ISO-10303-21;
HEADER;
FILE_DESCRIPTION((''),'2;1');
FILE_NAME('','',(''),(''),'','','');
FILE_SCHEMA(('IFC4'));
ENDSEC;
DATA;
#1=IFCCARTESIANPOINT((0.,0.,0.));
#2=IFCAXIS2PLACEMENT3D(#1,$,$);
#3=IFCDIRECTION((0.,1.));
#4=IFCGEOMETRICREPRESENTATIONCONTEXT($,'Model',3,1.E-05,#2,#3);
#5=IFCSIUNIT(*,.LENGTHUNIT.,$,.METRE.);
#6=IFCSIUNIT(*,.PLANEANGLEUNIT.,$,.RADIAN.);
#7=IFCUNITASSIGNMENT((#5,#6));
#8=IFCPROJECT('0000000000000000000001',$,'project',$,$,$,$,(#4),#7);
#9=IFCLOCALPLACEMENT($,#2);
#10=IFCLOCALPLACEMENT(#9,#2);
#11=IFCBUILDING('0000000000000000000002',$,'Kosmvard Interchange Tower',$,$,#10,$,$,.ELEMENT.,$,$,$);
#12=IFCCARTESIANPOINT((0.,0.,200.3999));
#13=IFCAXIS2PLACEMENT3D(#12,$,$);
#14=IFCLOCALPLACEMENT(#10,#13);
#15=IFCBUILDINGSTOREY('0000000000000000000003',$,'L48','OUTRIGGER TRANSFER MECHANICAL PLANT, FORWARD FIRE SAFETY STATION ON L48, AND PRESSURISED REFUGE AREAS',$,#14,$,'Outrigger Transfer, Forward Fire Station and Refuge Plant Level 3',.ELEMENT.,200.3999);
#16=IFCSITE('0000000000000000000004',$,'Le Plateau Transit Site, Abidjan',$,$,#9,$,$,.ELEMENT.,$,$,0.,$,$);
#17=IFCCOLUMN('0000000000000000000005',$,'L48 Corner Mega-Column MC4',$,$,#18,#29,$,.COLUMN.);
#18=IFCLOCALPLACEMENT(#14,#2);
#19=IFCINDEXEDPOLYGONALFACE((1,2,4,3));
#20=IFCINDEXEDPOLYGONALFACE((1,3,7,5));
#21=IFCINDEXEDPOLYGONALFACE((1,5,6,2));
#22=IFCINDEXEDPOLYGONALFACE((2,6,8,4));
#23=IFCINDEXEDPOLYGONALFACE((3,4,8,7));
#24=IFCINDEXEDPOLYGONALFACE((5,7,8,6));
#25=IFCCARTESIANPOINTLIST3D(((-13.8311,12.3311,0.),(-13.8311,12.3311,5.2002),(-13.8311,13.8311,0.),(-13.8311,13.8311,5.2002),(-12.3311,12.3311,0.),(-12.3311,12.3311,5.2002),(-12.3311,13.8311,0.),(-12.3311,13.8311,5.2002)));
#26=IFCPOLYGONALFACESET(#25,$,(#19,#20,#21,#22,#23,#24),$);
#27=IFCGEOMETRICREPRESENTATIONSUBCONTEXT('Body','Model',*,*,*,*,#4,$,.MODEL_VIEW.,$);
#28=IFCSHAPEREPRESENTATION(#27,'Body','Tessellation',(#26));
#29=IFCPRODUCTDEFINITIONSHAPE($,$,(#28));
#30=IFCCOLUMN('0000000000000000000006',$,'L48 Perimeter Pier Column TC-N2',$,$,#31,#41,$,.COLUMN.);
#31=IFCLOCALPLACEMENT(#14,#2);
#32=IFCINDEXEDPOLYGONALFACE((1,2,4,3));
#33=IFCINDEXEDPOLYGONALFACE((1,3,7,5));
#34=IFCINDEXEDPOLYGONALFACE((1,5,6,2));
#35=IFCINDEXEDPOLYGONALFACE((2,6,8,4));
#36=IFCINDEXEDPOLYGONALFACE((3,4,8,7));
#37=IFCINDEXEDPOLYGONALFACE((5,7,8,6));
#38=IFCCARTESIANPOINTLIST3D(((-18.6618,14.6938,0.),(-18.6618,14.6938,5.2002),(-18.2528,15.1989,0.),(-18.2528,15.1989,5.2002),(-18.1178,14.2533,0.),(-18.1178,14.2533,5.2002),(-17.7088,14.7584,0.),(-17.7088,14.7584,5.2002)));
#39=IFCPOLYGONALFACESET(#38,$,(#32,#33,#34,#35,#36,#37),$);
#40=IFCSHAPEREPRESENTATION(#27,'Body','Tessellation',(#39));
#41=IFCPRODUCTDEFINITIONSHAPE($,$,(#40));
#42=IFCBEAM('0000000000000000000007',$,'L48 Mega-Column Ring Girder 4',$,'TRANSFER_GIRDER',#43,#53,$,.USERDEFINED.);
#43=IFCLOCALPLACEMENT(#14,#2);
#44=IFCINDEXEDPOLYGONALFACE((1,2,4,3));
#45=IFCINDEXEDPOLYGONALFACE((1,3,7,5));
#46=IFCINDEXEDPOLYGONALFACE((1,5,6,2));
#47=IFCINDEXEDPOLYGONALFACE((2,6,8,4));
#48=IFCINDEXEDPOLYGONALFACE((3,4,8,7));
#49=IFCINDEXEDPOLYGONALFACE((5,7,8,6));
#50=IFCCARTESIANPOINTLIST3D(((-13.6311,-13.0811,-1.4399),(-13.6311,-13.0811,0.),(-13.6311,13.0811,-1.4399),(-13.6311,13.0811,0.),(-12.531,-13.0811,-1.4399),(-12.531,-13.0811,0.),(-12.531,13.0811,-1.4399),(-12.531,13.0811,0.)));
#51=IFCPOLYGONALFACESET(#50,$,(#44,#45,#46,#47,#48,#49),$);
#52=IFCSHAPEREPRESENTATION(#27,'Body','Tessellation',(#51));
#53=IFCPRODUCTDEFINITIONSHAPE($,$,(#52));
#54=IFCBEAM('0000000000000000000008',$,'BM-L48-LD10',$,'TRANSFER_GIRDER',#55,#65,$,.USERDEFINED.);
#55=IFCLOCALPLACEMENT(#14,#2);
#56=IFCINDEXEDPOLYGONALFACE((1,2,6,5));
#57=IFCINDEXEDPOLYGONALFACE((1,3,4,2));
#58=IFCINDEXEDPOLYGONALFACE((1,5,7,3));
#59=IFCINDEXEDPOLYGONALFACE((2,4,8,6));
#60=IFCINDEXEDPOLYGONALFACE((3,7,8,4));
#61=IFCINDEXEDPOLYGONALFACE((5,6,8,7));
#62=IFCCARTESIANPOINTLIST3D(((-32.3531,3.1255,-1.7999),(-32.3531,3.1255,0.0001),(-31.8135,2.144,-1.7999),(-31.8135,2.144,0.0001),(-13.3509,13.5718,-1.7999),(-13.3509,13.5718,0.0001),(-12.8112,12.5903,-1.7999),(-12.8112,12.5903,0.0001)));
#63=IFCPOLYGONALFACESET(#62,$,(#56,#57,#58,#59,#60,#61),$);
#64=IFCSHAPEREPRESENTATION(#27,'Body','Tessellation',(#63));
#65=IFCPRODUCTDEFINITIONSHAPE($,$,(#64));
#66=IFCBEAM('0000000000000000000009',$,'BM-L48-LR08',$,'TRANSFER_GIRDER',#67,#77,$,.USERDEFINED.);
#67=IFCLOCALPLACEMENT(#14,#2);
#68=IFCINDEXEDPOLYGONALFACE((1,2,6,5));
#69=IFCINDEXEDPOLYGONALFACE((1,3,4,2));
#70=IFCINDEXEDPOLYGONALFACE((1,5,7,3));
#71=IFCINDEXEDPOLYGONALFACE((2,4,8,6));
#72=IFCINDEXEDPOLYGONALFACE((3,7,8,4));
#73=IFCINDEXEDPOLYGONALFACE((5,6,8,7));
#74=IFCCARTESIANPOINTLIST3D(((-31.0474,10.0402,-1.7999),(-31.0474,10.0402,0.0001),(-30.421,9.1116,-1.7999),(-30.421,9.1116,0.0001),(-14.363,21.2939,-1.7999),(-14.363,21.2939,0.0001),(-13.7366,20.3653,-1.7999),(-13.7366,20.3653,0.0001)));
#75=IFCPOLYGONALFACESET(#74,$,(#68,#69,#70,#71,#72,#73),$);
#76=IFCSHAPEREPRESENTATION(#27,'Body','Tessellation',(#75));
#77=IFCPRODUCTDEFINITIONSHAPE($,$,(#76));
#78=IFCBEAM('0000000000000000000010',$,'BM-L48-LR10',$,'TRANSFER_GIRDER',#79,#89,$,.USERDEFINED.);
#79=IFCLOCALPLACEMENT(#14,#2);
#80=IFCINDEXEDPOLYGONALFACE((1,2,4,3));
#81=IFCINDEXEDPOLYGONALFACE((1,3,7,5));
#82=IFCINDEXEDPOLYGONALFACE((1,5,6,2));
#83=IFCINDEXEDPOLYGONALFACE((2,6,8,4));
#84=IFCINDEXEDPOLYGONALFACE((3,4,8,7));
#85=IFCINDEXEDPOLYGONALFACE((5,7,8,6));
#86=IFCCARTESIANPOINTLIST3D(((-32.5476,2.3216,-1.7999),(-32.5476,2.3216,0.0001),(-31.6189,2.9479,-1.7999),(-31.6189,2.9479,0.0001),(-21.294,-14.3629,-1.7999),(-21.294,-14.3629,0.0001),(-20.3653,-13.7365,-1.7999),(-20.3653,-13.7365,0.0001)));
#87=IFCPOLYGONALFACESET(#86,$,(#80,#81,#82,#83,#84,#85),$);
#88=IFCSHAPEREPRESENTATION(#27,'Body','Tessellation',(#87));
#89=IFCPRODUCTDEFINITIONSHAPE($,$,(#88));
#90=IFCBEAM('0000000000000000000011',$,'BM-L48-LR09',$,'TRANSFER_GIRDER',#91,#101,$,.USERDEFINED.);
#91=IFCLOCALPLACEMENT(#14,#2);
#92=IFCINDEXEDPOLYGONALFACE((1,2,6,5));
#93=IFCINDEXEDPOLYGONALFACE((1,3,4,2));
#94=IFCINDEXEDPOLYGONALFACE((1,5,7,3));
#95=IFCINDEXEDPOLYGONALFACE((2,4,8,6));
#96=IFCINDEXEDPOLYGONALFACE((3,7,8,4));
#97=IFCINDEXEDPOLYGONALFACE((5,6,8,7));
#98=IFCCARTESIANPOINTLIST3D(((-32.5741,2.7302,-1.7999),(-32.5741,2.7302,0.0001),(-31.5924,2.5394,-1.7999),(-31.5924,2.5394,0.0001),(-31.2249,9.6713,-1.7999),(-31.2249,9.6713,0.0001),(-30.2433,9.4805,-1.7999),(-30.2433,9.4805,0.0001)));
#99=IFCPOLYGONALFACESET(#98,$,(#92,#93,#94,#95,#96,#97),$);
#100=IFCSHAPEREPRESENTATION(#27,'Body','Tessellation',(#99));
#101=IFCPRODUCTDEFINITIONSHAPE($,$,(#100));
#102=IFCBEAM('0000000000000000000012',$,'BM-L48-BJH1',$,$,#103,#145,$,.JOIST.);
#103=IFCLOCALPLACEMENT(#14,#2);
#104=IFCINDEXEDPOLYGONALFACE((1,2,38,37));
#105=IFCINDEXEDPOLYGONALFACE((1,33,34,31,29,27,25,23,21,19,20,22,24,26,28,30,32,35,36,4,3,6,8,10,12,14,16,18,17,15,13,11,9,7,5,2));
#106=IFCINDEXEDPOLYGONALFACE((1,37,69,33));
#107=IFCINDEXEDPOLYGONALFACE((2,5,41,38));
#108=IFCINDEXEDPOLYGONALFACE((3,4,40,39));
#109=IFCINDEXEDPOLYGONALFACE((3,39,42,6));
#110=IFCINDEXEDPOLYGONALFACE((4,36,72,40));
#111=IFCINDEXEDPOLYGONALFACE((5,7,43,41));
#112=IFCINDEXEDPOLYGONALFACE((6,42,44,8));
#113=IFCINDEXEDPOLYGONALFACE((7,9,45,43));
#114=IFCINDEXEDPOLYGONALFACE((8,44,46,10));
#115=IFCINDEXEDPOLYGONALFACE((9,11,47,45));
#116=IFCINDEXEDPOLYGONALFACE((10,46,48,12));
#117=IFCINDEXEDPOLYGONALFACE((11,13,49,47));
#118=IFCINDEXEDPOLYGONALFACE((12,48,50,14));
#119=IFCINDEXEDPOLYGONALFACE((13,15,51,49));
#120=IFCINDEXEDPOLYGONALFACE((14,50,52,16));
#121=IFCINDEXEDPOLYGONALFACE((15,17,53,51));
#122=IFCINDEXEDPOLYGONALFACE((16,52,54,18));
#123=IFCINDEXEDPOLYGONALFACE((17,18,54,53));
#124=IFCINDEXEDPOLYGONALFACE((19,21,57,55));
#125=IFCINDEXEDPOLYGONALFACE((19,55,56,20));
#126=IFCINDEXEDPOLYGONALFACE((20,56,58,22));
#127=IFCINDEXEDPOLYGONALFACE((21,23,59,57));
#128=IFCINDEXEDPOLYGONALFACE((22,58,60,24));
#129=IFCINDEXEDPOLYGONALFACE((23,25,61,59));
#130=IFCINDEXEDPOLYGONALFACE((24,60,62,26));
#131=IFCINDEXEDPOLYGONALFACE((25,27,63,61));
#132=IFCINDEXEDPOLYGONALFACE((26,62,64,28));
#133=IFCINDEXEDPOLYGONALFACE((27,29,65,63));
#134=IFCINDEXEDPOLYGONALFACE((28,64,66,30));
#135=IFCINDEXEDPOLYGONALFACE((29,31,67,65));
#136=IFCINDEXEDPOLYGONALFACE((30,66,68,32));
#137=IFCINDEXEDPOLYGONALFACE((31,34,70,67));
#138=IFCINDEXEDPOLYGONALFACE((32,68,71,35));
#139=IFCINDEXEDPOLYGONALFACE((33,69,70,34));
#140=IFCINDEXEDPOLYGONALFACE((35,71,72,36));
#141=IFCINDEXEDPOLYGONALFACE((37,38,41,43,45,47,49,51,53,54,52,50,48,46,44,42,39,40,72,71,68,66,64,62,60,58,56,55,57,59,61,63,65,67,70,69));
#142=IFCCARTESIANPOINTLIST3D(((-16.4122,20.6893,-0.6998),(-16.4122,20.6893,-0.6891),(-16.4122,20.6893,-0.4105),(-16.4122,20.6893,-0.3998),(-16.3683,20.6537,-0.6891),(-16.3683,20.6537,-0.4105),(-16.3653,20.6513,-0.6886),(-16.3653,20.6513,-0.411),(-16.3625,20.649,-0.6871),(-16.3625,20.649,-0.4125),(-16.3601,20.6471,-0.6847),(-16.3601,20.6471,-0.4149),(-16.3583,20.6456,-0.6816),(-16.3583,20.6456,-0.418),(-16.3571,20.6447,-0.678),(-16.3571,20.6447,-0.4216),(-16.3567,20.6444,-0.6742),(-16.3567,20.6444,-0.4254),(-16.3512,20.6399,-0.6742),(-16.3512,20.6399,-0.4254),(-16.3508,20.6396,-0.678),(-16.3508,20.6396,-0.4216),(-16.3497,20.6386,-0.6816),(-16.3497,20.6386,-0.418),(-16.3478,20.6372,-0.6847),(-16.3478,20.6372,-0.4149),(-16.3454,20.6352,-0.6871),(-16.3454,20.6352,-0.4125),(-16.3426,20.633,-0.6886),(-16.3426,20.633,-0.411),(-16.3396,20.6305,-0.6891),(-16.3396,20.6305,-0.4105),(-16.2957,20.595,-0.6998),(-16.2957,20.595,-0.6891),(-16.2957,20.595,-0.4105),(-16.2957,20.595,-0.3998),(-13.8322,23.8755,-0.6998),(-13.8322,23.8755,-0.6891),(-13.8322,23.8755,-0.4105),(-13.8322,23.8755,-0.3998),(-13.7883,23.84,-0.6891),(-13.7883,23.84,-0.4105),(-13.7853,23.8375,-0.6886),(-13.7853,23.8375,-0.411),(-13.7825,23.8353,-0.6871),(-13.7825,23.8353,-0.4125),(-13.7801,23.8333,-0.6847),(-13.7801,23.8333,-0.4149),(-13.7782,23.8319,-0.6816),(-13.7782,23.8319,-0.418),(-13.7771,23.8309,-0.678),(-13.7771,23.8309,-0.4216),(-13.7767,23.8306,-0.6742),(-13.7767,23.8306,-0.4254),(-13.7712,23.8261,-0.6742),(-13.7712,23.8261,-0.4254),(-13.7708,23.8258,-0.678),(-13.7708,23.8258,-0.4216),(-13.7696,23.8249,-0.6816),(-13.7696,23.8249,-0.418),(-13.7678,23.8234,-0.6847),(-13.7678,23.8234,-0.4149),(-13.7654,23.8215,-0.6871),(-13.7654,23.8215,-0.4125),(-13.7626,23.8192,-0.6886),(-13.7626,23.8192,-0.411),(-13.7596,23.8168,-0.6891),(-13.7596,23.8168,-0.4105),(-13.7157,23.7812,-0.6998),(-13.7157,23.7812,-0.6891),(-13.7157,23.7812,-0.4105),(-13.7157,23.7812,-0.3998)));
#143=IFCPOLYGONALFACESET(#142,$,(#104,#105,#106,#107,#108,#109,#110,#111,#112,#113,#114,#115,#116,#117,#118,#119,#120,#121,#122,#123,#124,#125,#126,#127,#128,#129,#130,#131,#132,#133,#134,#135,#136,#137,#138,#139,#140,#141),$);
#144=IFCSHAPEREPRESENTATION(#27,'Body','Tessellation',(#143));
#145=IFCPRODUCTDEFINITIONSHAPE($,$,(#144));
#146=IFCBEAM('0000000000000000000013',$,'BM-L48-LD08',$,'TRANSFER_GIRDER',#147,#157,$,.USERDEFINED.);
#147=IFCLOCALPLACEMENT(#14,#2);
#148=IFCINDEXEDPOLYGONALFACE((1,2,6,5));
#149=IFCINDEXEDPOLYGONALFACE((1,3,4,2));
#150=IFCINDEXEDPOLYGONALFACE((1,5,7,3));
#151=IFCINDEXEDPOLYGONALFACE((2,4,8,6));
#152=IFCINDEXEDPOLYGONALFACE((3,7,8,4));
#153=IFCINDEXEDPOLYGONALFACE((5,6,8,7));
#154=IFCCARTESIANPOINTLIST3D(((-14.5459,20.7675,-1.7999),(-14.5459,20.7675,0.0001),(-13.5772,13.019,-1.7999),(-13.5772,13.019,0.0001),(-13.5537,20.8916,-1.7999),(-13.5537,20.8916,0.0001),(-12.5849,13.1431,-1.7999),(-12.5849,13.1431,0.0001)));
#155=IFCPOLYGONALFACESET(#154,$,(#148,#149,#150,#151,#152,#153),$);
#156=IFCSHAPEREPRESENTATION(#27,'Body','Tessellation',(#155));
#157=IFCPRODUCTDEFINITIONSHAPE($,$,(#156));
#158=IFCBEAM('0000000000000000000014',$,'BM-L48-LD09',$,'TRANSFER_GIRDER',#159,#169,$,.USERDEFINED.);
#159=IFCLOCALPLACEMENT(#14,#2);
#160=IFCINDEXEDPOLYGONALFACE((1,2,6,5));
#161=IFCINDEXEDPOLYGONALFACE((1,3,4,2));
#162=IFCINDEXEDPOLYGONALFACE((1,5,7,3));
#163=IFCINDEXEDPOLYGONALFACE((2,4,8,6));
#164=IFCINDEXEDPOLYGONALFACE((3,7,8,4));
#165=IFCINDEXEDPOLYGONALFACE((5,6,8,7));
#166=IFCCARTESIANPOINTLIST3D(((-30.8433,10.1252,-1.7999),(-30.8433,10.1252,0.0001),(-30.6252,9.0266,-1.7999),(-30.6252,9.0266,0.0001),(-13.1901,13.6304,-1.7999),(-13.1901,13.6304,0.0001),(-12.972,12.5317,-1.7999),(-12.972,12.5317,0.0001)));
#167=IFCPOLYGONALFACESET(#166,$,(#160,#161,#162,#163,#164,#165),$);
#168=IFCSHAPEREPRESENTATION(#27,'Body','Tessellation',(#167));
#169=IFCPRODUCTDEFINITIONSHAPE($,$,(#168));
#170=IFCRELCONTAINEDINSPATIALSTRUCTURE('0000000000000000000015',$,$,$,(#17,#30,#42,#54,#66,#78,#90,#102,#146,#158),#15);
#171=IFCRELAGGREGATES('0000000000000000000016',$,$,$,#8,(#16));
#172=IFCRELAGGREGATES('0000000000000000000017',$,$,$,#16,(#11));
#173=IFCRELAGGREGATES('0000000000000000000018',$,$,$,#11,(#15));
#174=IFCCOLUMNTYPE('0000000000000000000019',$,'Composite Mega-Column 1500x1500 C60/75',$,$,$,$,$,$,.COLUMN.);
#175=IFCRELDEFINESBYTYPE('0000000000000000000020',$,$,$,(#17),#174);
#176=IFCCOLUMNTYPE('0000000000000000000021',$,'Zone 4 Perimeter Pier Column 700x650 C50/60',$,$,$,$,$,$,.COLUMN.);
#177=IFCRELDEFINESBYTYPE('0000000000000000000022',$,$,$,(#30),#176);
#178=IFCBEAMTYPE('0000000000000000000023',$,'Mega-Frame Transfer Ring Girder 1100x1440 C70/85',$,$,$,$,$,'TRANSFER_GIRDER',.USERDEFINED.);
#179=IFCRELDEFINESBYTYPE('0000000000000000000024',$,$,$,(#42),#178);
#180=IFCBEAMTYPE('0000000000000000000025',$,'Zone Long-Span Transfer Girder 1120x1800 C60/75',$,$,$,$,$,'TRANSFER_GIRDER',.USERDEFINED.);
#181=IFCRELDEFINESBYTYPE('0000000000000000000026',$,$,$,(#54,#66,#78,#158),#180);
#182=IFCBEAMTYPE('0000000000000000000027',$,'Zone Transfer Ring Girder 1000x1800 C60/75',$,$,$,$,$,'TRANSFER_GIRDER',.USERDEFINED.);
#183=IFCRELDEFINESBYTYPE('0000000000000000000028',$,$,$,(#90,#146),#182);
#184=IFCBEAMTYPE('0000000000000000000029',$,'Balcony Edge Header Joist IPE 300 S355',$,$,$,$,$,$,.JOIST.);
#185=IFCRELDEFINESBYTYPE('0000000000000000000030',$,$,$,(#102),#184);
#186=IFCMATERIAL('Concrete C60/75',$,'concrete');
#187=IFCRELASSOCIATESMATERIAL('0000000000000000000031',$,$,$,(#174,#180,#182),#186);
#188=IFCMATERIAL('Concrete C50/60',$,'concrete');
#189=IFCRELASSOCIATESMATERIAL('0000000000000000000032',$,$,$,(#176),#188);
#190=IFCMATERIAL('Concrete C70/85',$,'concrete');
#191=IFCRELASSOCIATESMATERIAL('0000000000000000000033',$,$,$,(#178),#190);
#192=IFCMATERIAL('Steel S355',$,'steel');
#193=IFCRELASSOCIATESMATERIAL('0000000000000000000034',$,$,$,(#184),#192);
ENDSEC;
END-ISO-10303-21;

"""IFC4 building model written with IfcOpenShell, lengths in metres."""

from ifc_helpers import new_model, si_unit, direction, frame, origin, origin_2d, place, context, subcontext, project, spatial, rectangle, i_section, extrude, source, transform, mapped, material, material_profile, profile_set, type_object, element, save


model = new_model("IFC4")

# Units and contexts
model_context = context("Model", 3, precision=1e-05, world=origin(), true_north=direction((0.0, 1.0)))
body_context = subcontext(model_context, "Body", "Model", "MODEL_VIEW")
ifc_project = project(units=[si_unit("LENGTHUNIT", "METRE"), si_unit("PLANEANGLEUNIT", "RADIAN")], contexts=[model_context])

# Site, building, storey
site_placement = place(None, origin())
site = spatial("IfcSite", under=ifc_project, at=site_placement, Name="Le Plateau Transit Site, Abidjan", CompositionType="ELEMENT", RefElevation=0.0)
building_placement = place(site_placement, origin())
building = spatial("IfcBuilding", under=site, at=building_placement, Name="Kosmvard Interchange Tower", CompositionType="ELEMENT")
storey_placement = place(building_placement, frame((0.0, 0.0, 200.3999)))
storey = spatial("IfcBuildingStorey", under=building, at=storey_placement, Name="L48", Description="OUTRIGGER TRANSFER MECHANICAL PLANT, FORWARD FIRE SAFETY STATION ON L48, AND PRESSURISED REFUGE AREAS", LongName="Outrigger Transfer, Forward Fire Station and Refuge Plant Level 3", CompositionType="ELEMENT", Elevation=200.3999)

# Columns
ifc_material_1 = material(Name="Concrete C60/75", Category="concrete")
ifc_material_profile_1 = material_profile(ifc_material_1, rectangle(XDim=1.5, YDim=1.5, at=origin_2d()), Name="MC 1500x1500")
ifc_profile_set_1 = profile_set([ifc_material_profile_1], Name="Concrete C60/75")
column_type_1 = type_object("IfcColumnType", Name="Composite Mega-Column 1500x1500 C60/75", PredefinedType="COLUMN", material=ifc_profile_set_1)
shared_shape_1 = source(origin(), body_context, "Body", "SweptSolid", [
    extrude(rectangle(XDim=1.5, YDim=1.5, at=origin_2d()), origin(), (0.0, 0.0, 1.0), 5.2002),
])
column_1_placement = place(storey_placement, frame((-13.0811, 13.0811, 0.0), z_axis=(0.0, 0.0, 1.0), x_axis=(1.0, 0.0, 0.0)))
element("IfcColumn", 1, at=column_1_placement, inside=storey, type_object=column_type_1, Name="L48 Corner Mega-Column MC4", PredefinedType="COLUMN", context=body_context, shape_type="MappedRepresentation", body=[
    mapped(shared_shape_1, transform((0.0, 0.0, 0.0), scale=1.0)),
])
ifc_material_2 = material(Name="Concrete C50/60", Category="concrete")
ifc_material_profile_2 = material_profile(ifc_material_2, rectangle(XDim=0.6499, YDim=0.7, at=origin_2d()), Name="TC 700x650")
ifc_profile_set_2 = profile_set([ifc_material_profile_2], Name="Concrete C50/60")
column_type_2 = type_object("IfcColumnType", Name="Zone 4 Perimeter Pier Column 700x650 C50/60", PredefinedType="COLUMN", material=ifc_profile_set_2)
shared_shape_2 = source(origin(), body_context, "Body", "SweptSolid", [
    extrude(rectangle(XDim=0.6499, YDim=0.7, at=origin_2d()), origin(), (0.0, 0.0, 1.0), 5.2002),
])
column_2_placement = place(storey_placement, frame((-18.1853, 14.7261, 0.0), z_axis=(0.0, 0.0, 1.0), x_axis=(0.62932, 0.777146, 0.0)))
element("IfcColumn", 2, at=column_2_placement, inside=storey, type_object=column_type_2, Name="L48 Perimeter Pier Column TC-N2", PredefinedType="COLUMN", context=body_context, shape_type="MappedRepresentation", body=[
    mapped(shared_shape_2, transform((0.0, 0.0, 0.0), scale=1.0)),
])

# Beams
ifc_material_3 = material(Name="Concrete C70/85", Category="concrete")
ifc_material_profile_3 = material_profile(ifc_material_3, rectangle(XDim=1.1001, YDim=1.4399, at=origin_2d()), Name="TG 1100x1440")
ifc_profile_set_3 = profile_set([ifc_material_profile_3], Name="Concrete C70/85")
beam_type_1 = type_object("IfcBeamType", Name="Mega-Frame Transfer Ring Girder 1100x1440 C70/85", ElementType="TRANSFER_GIRDER", PredefinedType="USERDEFINED", material=ifc_profile_set_3)
shared_shape_3 = source(origin(), body_context, "Body", "SweptSolid", [
    extrude(rectangle(XDim=1.1001, YDim=1.4399, at=origin_2d()), origin(), (0.0, 0.0, 1.0), 26.1621),
])
beam_1_placement = place(storey_placement, frame((-13.0811, 13.0811, -0.72), z_axis=(0.0, -1.0, 0.0), x_axis=(1.0, 0.0, 0.0)))
element("IfcBeam", 3, at=beam_1_placement, inside=storey, type_object=beam_type_1, Name="L48 Mega-Column Ring Girder 4", ObjectType="TRANSFER_GIRDER", PredefinedType="USERDEFINED", context=body_context, shape_type="MappedRepresentation", body=[
    mapped(shared_shape_3, transform((0.0, 0.0, 0.0), scale=1.0)),
])
ifc_material_profile_4 = material_profile(ifc_material_1, rectangle(XDim=1.1201, YDim=1.8, at=origin_2d()), Name="TG 1120x1800")
ifc_profile_set_4 = profile_set([ifc_material_profile_4], Name="Concrete C60/75")
beam_type_2 = type_object("IfcBeamType", Name="Zone Long-Span Transfer Girder 1120x1800 C60/75", ElementType="TRANSFER_GIRDER", PredefinedType="USERDEFINED", material=ifc_profile_set_4)
shared_shape_4 = source(origin(), body_context, "Body", "SweptSolid", [
    extrude(rectangle(XDim=1.1201, YDim=1.8, at=origin_2d()), origin(), (0.0, 0.0, 1.0), 21.6843),
])
beam_2_placement = place(storey_placement, frame((-13.0811, 13.0811, -0.8999), z_axis=(-0.876312, -0.481745, 0.0), x_axis=(0.481745, -0.876312, 0.0)))
element("IfcBeam", 4, at=beam_2_placement, inside=storey, type_object=beam_type_2, Name="BM-L48-LD10", ObjectType="TRANSFER_GIRDER", PredefinedType="USERDEFINED", context=body_context, shape_type="MappedRepresentation", body=[
    mapped(shared_shape_4, transform((0.0, 0.0, 0.0), scale=1.0)),
])
shared_shape_5 = source(origin(), body_context, "Body", "SweptSolid", [
    extrude(rectangle(XDim=1.1201, YDim=1.8, at=origin_2d()), origin(), (0.0, 0.0, 1.0), 20.125),
])
for number, where, z_axis, x_axis, name in (
    (5, (-14.0498, 20.8296, -0.8999), (-0.829039, -0.559191, 0.0), (0.559191, -0.829039, 0.0), "BM-L48-LR08"),
    (6, (-32.0833, 2.6348, -0.8999), (0.559185, -0.829043, 0.0), (0.829043, 0.559185, 0.0), "BM-L48-LR10"),
):
    element("IfcBeam", number, at=place(storey_placement, frame(where, z_axis=z_axis, x_axis=x_axis)), inside=storey, type_object=beam_type_2, Name=name, ObjectType="TRANSFER_GIRDER", PredefinedType="USERDEFINED", context=body_context, shape_type="MappedRepresentation", body=[
        mapped(shared_shape_5, transform((0.0, 0.0, 0.0), scale=1.0)),
    ])
ifc_material_profile_5 = material_profile(ifc_material_1, rectangle(XDim=1.0, YDim=1.8, at=origin_2d()), Name="TG 1000x1800")
ifc_profile_set_5 = profile_set([ifc_material_profile_5], Name="Concrete C60/75")
beam_type_3 = type_object("IfcBeamType", Name="Zone Transfer Ring Girder 1000x1800 C60/75", ElementType="TRANSFER_GIRDER", PredefinedType="USERDEFINED", material=ifc_profile_set_5)
shared_shape_6 = source(origin(), body_context, "Body", "SweptSolid", [
    extrude(rectangle(XDim=1.0, YDim=1.8, at=origin_2d()), origin(), (0.0, 0.0, 1.0), 7.071),
])
beam_3_placement = place(storey_placement, frame((-30.7341, 9.5759, -0.8999), z_axis=(-0.190795, -0.98163, 0.0), x_axis=(0.98163, -0.190795, 0.0)))
element("IfcBeam", 7, at=beam_3_placement, inside=storey, type_object=beam_type_3, Name="BM-L48-LR09", ObjectType="TRANSFER_GIRDER", PredefinedType="USERDEFINED", context=body_context, shape_type="MappedRepresentation", body=[
    mapped(shared_shape_6, transform((0.0, 0.0, 0.0), scale=1.0)),
])
ifc_material_4 = material(Name="Steel S355", Category="steel")
ifc_material_profile_6 = material_profile(ifc_material_4, i_section(OverallWidth=0.1499, OverallDepth=0.3, WebThickness=0.0071, FlangeThickness=0.0107, FilletRadius=0.0149, at=origin_2d()), Name="IPE 300")
ifc_profile_set_6 = profile_set([ifc_material_profile_6], Name="Steel S355")
beam_type_4 = type_object("IfcBeamType", Name="Balcony Edge Header Joist IPE 300 S355", PredefinedType="JOIST", material=ifc_profile_set_6)
shared_shape_7 = source(origin(), body_context, "Body", "SweptSolid", [
    extrude(i_section(OverallWidth=0.1499, OverallDepth=0.3, WebThickness=0.0071, FlangeThickness=0.0107, FilletRadius=0.0149, at=origin_2d()), origin(), (0.0, 0.0, 1.0), 4.0999),
])
beam_4_placement = place(storey_placement, frame((-13.7739, 23.8284, -0.5498), z_axis=(-0.629303, -0.77716, 0.0), x_axis=(0.77716, -0.629303, 0.0)))
element("IfcBeam", 8, at=beam_4_placement, inside=storey, type_object=beam_type_4, Name="BM-L48-BJH1", PredefinedType="JOIST", context=body_context, shape_type="MappedRepresentation", body=[
    mapped(shared_shape_7, transform((0.0, 0.0, 0.0), scale=1.0)),
])
shared_shape_8 = source(origin(), body_context, "Body", "SweptSolid", [
    extrude(rectangle(XDim=1.0, YDim=1.8, at=origin_2d()), origin(), (0.0, 0.0, 1.0), 7.8088),
])
beam_5_placement = place(storey_placement, frame((-13.0811, 13.0811, -0.8999), z_axis=(-0.124058, 0.992275, 0.0), x_axis=(-0.992275, -0.124058, 0.0)))
element("IfcBeam", 9, at=beam_5_placement, inside=storey, type_object=beam_type_3, Name="BM-L48-LD08", ObjectType="TRANSFER_GIRDER", PredefinedType="USERDEFINED", context=body_context, shape_type="MappedRepresentation", body=[
    mapped(shared_shape_8, transform((0.0, 0.0, 0.0), scale=1.0)),
])
shared_shape_9 = source(origin(), body_context, "Body", "SweptSolid", [
    extrude(rectangle(XDim=1.1201, YDim=1.8, at=origin_2d()), origin(), (0.0, 0.0, 1.0), 17.9978),
])
beam_6_placement = place(storey_placement, frame((-13.0811, 13.0811, -0.8999), z_axis=(-0.980852, -0.194754, 0.0), x_axis=(0.194754, -0.980852, 0.0)))
element("IfcBeam", 10, at=beam_6_placement, inside=storey, type_object=beam_type_2, Name="BM-L48-LD09", ObjectType="TRANSFER_GIRDER", PredefinedType="USERDEFINED", context=body_context, shape_type="MappedRepresentation", body=[
    mapped(shared_shape_9, transform((0.0, 0.0, 0.0), scale=1.0)),
])

save(model, "model.ifc")
